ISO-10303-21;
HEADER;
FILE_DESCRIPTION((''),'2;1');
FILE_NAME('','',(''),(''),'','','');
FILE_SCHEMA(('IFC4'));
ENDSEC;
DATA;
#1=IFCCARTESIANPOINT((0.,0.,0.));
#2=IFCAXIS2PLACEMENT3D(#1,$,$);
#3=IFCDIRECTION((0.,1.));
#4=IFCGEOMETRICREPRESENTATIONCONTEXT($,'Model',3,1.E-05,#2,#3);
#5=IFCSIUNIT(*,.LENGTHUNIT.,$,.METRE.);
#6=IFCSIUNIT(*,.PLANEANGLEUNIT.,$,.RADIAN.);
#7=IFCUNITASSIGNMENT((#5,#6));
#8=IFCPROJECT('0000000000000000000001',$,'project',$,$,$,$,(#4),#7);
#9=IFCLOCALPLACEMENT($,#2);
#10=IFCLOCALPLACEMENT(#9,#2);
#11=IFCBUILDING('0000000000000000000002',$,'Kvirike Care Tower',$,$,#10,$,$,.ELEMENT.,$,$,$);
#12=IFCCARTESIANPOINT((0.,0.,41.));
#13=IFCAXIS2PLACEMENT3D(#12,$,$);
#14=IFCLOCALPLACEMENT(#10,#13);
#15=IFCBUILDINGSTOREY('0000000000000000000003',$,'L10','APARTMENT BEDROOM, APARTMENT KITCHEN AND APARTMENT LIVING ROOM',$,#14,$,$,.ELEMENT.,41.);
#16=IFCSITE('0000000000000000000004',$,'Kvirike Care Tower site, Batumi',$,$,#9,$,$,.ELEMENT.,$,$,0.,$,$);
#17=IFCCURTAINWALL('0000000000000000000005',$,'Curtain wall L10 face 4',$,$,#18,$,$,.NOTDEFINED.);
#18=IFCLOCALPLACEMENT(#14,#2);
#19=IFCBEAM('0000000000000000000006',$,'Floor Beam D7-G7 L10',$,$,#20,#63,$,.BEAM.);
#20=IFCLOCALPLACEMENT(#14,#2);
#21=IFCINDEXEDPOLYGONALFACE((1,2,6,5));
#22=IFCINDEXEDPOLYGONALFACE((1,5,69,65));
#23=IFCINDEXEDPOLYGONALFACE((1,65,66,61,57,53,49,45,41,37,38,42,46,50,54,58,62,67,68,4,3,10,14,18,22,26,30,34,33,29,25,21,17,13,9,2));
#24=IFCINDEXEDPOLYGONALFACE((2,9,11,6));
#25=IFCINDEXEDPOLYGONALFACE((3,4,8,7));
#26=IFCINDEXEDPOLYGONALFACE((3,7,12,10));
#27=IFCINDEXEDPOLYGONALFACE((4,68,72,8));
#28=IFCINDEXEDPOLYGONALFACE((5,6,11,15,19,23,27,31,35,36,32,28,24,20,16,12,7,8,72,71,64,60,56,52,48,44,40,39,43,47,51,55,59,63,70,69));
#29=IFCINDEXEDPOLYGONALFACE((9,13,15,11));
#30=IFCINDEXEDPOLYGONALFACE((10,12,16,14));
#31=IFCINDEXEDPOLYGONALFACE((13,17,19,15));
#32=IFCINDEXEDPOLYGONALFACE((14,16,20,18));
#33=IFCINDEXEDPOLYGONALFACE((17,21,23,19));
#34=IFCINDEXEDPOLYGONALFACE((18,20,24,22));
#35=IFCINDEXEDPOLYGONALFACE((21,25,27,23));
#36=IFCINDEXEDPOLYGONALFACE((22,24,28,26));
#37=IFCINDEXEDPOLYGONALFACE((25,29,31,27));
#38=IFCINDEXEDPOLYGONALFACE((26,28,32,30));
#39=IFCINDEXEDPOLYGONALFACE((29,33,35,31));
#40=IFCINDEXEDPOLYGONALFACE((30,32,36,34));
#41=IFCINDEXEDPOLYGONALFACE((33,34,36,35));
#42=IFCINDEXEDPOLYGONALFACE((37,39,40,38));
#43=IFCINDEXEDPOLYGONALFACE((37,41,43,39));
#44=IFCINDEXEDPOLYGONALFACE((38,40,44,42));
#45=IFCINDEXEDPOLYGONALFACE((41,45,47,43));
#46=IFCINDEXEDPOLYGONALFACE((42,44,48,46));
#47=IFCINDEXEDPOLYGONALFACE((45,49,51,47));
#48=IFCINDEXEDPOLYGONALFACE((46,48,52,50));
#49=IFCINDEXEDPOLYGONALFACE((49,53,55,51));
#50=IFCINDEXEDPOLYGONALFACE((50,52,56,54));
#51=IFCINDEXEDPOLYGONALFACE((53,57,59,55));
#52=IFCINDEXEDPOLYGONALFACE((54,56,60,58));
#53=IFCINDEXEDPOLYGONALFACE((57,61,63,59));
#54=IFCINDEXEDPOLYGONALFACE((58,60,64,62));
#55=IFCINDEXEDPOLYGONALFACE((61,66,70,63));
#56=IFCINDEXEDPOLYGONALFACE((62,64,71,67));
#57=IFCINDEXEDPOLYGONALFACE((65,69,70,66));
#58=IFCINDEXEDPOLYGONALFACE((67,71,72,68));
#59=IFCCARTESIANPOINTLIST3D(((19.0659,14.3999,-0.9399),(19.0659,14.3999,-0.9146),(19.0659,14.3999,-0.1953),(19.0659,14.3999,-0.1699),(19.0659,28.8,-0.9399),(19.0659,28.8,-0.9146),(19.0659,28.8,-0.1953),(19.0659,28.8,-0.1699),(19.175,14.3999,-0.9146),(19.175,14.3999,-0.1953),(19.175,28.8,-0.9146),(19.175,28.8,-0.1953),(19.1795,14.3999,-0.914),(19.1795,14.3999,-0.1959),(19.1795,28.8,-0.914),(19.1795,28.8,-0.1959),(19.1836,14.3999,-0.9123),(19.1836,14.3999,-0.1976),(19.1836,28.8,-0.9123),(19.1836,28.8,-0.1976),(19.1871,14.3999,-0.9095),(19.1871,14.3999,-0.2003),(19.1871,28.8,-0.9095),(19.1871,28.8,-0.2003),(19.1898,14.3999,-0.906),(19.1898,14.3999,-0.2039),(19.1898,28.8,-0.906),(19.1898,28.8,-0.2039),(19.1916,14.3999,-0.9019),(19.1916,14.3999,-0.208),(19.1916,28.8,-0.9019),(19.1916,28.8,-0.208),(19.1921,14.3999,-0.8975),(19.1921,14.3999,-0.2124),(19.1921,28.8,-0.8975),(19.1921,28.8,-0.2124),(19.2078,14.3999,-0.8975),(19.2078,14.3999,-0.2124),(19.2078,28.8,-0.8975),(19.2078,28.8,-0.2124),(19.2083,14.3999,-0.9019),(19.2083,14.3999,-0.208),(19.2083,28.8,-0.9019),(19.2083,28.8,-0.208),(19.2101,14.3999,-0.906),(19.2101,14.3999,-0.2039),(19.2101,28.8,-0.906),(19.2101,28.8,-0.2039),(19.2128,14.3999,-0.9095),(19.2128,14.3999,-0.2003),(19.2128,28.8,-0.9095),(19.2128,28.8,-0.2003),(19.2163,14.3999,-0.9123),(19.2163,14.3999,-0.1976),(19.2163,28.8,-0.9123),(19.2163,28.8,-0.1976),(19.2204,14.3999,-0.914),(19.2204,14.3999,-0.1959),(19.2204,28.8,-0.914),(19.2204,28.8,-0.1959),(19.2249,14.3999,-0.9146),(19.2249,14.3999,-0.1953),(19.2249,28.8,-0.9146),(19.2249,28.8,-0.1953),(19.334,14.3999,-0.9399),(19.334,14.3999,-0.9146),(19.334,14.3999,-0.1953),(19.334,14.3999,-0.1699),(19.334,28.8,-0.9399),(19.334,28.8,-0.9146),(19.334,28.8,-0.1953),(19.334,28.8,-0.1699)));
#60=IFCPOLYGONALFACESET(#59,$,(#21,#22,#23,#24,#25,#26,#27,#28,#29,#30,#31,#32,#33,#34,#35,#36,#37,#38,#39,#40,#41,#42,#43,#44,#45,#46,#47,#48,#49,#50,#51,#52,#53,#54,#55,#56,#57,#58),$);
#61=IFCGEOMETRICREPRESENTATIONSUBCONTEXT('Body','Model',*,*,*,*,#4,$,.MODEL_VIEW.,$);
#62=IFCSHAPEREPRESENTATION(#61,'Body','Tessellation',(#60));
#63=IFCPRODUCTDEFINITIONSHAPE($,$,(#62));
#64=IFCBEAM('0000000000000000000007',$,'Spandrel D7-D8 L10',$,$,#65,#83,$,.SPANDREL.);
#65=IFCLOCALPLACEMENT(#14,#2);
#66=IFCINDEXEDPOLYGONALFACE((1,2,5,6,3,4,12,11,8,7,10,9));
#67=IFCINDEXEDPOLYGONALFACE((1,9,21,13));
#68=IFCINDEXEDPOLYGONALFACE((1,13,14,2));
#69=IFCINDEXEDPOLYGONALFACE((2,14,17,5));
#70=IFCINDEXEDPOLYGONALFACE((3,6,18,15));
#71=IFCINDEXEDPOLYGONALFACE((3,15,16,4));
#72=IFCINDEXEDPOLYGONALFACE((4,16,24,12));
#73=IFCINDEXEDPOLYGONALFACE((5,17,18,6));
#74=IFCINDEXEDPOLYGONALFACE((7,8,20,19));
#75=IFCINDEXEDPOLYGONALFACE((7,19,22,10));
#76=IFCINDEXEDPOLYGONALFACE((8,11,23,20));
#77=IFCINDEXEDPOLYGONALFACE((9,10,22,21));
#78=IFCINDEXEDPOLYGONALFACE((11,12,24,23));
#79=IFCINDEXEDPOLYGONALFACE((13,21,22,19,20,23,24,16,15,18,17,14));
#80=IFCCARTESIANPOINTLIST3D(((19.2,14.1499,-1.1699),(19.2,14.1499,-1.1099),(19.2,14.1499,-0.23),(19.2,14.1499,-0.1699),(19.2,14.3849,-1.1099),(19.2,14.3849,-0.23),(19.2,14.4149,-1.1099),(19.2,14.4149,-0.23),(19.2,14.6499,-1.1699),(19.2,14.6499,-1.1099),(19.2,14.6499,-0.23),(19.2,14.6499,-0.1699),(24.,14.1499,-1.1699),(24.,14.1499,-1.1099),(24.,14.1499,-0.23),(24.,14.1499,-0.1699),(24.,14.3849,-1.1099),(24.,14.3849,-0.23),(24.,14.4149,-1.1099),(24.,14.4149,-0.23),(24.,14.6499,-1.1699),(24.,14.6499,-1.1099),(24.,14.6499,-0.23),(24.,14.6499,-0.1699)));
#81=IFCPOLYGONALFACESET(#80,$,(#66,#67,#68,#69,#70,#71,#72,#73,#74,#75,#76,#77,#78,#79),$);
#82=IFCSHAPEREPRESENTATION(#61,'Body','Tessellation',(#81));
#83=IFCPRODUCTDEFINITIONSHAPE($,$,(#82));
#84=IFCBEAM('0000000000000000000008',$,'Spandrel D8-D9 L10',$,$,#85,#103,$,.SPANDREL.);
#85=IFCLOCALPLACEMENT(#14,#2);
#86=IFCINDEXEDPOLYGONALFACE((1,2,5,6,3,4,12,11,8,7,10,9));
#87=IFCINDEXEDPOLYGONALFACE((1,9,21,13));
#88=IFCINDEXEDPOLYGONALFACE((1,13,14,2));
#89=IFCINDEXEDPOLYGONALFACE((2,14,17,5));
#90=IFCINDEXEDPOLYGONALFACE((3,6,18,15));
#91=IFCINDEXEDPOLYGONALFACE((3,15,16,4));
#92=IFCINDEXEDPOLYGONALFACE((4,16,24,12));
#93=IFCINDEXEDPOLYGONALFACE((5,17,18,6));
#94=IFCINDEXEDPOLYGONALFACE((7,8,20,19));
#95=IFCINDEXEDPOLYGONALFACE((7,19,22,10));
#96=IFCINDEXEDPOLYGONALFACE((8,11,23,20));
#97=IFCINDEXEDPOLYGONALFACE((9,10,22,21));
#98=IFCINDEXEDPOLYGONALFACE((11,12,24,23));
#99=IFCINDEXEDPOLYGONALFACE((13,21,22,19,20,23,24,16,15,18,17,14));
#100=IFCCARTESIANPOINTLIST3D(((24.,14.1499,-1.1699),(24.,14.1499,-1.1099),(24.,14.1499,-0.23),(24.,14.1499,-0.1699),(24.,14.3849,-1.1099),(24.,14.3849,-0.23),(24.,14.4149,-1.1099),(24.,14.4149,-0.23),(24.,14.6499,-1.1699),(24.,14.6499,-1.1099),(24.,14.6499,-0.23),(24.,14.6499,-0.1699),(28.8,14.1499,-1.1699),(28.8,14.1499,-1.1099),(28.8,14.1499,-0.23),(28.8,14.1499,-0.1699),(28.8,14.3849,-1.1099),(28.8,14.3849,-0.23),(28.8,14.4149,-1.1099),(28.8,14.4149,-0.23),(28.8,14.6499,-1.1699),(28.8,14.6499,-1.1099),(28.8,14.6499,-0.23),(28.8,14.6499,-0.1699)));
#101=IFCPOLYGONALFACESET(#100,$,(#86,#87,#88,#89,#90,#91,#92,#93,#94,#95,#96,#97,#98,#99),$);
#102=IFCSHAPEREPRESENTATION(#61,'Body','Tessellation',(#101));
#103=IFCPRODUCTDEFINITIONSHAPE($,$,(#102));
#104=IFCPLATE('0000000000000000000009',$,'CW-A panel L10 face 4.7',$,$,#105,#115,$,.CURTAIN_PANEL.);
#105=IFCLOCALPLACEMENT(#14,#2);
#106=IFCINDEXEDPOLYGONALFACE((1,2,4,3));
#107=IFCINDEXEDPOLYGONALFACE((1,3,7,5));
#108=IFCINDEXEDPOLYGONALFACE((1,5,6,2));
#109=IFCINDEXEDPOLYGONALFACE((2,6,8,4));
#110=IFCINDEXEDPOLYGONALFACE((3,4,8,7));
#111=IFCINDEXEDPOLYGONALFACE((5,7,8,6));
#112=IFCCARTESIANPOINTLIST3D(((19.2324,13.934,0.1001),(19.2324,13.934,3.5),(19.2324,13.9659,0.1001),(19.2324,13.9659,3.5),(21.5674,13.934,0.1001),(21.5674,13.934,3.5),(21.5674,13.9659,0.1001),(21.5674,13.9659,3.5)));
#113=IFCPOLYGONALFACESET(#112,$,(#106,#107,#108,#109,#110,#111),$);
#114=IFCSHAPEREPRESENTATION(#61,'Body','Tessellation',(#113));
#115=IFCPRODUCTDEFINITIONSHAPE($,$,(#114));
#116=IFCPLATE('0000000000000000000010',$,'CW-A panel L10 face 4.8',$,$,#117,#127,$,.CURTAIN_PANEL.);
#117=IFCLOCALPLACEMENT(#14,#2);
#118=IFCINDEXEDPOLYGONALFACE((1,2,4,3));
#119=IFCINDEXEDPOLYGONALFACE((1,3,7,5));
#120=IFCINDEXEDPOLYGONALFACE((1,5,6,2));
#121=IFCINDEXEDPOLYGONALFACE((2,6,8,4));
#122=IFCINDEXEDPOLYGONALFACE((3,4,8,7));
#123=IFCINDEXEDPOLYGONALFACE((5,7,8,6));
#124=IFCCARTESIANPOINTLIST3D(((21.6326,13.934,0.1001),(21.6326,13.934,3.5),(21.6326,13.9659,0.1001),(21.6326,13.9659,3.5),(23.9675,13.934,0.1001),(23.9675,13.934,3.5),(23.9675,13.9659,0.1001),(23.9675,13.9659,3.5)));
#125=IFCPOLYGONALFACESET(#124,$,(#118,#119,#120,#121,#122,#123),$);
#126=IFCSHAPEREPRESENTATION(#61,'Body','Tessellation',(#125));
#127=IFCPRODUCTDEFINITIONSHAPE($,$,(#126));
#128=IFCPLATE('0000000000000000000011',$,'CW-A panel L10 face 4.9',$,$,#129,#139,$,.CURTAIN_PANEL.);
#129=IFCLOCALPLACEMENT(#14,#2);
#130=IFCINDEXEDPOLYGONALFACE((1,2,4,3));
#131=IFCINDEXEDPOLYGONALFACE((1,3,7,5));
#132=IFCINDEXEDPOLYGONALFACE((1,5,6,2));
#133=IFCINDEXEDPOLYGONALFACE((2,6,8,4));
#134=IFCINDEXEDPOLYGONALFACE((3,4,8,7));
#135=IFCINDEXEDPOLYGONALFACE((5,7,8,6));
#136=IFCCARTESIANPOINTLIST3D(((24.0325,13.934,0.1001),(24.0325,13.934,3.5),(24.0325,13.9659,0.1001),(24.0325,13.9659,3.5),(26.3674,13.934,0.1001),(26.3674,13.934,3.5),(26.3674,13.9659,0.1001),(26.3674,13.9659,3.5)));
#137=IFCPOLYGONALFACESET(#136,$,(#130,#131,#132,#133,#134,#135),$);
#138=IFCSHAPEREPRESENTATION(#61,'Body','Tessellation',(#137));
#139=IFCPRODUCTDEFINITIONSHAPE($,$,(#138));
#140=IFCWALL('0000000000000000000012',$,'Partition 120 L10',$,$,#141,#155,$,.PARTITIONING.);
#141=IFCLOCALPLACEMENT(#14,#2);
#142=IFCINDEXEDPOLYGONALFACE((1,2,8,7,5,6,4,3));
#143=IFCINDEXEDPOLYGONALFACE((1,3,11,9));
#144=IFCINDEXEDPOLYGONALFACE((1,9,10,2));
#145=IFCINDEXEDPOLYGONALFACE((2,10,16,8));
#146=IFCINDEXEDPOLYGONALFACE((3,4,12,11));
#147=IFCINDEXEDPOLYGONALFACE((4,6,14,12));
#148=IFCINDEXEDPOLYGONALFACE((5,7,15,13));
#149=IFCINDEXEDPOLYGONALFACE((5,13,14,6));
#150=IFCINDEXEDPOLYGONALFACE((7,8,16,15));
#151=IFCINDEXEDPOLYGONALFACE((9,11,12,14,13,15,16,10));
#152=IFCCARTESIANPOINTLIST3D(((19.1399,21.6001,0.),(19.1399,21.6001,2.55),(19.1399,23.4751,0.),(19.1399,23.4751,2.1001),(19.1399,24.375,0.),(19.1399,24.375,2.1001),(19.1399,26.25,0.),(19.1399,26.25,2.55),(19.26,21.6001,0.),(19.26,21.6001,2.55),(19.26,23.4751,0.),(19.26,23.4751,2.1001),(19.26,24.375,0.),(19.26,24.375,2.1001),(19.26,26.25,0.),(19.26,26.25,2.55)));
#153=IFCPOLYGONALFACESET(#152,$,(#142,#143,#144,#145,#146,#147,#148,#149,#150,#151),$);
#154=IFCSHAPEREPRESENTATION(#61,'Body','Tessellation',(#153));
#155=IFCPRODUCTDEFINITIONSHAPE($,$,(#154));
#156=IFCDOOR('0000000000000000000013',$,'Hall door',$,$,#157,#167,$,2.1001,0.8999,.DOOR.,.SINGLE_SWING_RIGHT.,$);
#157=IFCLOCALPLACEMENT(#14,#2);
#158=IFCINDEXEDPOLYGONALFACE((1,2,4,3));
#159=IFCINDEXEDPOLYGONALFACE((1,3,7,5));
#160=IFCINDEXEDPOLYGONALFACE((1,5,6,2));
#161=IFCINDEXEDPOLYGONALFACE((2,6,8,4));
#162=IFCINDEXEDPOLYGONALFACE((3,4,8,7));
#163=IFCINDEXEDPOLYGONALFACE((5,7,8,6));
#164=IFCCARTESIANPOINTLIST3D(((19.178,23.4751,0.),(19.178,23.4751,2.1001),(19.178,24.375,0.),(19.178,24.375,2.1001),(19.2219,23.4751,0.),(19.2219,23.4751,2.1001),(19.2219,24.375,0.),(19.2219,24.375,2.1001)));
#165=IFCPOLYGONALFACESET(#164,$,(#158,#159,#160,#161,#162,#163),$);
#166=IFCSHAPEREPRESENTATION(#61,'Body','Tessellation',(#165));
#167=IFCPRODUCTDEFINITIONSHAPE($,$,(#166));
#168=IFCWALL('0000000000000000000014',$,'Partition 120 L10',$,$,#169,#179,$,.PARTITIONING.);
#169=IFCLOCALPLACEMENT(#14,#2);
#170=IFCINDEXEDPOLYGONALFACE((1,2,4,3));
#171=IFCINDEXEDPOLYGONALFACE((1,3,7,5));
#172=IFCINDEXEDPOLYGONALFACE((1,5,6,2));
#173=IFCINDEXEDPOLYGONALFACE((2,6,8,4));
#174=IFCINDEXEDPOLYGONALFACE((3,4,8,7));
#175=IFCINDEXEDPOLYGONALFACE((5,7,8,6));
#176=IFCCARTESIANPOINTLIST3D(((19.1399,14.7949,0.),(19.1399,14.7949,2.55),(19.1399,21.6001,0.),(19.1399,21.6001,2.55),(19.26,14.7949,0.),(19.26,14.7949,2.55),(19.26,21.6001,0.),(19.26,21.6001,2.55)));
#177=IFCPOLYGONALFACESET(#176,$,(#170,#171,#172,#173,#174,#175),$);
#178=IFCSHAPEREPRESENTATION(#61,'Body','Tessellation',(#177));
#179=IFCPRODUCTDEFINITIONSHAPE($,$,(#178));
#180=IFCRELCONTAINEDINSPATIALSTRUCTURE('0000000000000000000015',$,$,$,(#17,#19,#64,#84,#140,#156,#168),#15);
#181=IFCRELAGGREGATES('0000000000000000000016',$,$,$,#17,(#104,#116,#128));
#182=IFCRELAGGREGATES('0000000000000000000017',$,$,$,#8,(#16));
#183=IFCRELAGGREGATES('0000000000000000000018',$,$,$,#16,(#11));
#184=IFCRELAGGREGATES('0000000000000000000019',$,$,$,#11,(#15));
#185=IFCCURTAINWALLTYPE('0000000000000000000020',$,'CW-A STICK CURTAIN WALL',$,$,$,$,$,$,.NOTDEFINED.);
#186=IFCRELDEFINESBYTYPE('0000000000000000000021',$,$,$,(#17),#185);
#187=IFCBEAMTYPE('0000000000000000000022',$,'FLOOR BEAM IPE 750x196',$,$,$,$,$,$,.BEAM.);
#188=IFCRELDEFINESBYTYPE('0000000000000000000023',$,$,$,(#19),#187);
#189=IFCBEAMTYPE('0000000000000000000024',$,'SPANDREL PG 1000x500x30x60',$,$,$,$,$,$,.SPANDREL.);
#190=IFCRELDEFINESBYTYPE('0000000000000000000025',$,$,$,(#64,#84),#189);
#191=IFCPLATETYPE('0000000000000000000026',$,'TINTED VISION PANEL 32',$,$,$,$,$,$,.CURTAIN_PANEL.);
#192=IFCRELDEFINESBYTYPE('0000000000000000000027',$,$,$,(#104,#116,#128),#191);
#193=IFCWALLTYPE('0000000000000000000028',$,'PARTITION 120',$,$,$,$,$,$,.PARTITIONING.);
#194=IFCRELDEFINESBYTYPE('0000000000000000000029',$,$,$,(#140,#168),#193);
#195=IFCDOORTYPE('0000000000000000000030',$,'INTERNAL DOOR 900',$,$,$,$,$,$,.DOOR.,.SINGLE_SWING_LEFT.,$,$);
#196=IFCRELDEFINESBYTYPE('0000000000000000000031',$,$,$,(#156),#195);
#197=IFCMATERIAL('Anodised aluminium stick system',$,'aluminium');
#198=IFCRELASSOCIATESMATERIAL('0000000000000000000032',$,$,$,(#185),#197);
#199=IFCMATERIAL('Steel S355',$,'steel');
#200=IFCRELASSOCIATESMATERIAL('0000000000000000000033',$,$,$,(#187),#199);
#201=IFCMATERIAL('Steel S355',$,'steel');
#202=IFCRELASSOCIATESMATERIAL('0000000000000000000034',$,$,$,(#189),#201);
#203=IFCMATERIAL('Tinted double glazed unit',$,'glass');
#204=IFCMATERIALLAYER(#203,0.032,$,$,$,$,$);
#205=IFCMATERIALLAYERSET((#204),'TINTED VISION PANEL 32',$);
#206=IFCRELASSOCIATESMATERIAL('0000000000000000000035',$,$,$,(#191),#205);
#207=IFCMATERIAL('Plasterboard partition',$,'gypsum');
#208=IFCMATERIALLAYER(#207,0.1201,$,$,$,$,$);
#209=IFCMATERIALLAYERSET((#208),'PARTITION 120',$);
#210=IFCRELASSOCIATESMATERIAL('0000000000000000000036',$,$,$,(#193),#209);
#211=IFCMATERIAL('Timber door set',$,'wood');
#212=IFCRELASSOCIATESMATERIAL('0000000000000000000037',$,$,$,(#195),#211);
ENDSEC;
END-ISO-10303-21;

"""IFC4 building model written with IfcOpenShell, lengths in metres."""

from ifc_helpers import new_model, si_unit, direction, frame, frame_2d, origin, origin_2d, place, context, subcontext, project, spatial, rectangle, i_section, extrude, material, layer, layer_set, material_profile, profile_set, type_object, element, fill, aggregate, save


model = new_model("IFC4")

# Units and contexts
model_context = context("Model", 3, precision=1e-05, world=origin(), true_north=direction((0.0, 1.0)))
body_context = subcontext(model_context, "Body", "Model", "MODEL_VIEW")
ifc_project = project(units=[si_unit("LENGTHUNIT", "METRE"), si_unit("PLANEANGLEUNIT", "RADIAN")], contexts=[model_context])

# Site, building, storey
site_placement = place(None, origin())
site = spatial("IfcSite", under=ifc_project, at=site_placement, Name="Kvirike Care Tower site, Batumi", CompositionType="ELEMENT", RefElevation=0.0)
building_placement = place(site_placement, origin())
building = spatial("IfcBuilding", under=site, at=building_placement, Name="Kvirike Care Tower", CompositionType="ELEMENT")
storey_placement = place(building_placement, frame((0.0, 0.0, 41.0)))
storey = spatial("IfcBuildingStorey", under=building, at=storey_placement, Name="L10", Description="APARTMENT BEDROOM, APARTMENT KITCHEN AND APARTMENT LIVING ROOM", CompositionType="ELEMENT", Elevation=41.0)

# Curtain wall
ifc_material_1 = material(Name="Anodised aluminium stick system", Category="aluminium")
curtain_wall_type = type_object("IfcCurtainWallType", Name="CW-A STICK CURTAIN WALL", PredefinedType="NOTDEFINED", material=ifc_material_1)
curtain_wall_placement = place(storey_placement, origin())
curtain_wall = element("IfcCurtainWall", 1, at=curtain_wall_placement, inside=storey, type_object=curtain_wall_type, Name="Curtain wall L10 face 4", PredefinedType="NOTDEFINED")

# Beams
ifc_material_2 = material(Name="Steel S355", Category="steel")
ifc_material_profile_1 = material_profile(ifc_material_2, i_section(OverallWidth=0.2681, OverallDepth=0.77, WebThickness=0.0156, FlangeThickness=0.0254, FilletRadius=0.0171, at=origin_2d()), Name="IPE 750x196")
ifc_profile_set_1 = profile_set([ifc_material_profile_1], Name="Steel S355")
beam_type_1 = type_object("IfcBeamType", Name="FLOOR BEAM IPE 750x196", PredefinedType="BEAM", material=ifc_profile_set_1)
beam_1_placement = place(storey_placement, frame((19.2, 14.3999, -0.5549), z_axis=(0.0, 1.0, 0.0), x_axis=(-1.0, 0.0, 0.0)))
element("IfcBeam", 2, at=beam_1_placement, inside=storey, type_object=beam_type_1, Name="Floor Beam D7-G7 L10", PredefinedType="BEAM", context=body_context, shape_type="SweptSolid", body=[
    extrude(i_section(OverallWidth=0.2681, OverallDepth=0.77, WebThickness=0.0156, FlangeThickness=0.0254, FilletRadius=0.0171, at=origin_2d()), origin(), (0.0, 0.0, 1.0), 14.4001),
])
ifc_material_3 = material(Name="Steel S355", Category="steel")
ifc_material_profile_2 = material_profile(ifc_material_3, i_section(OverallWidth=0.5, OverallDepth=1.0, WebThickness=0.03, FlangeThickness=0.0601, at=origin_2d()), Name="PG 1000x500x30x60")
ifc_profile_set_2 = profile_set([ifc_material_profile_2], Name="Steel S355")
beam_type_2 = type_object("IfcBeamType", Name="SPANDREL PG 1000x500x30x60", PredefinedType="SPANDREL", material=ifc_profile_set_2)
for number, where, z_axis, x_axis, name in (
    (3, (19.2, 14.3999, -0.6699), (1.0, 0.0, 0.0), (0.0, 1.0, 0.0), "Spandrel D7-D8 L10"),
    (4, (24.0, 14.3999, -0.6699), (1.0, 0.0, 0.0), (0.0, 1.0, 0.0), "Spandrel D8-D9 L10"),
):
    element("IfcBeam", number, at=place(storey_placement, frame(where, z_axis=z_axis, x_axis=x_axis)), inside=storey, type_object=beam_type_2, Name=name, PredefinedType="SPANDREL", context=body_context, shape_type="SweptSolid", body=[
        extrude(i_section(OverallWidth=0.5, OverallDepth=1.0, WebThickness=0.03, FlangeThickness=0.0601, at=origin_2d()), origin(), (0.0, 0.0, 1.0), 4.8),
    ])

# Plates
ifc_material_4 = material(Name="Tinted double glazed unit", Category="glass")
ifc_layer_1 = layer(ifc_material_4, 0.032)
ifc_layer_set_1 = layer_set([ifc_layer_1], Name="TINTED VISION PANEL 32")
plate_type = type_object("IfcPlateType", Name="TINTED VISION PANEL 32", PredefinedType="CURTAIN_PANEL", material=ifc_layer_set_1)
plate_1_placement = place(storey_placement, frame((20.3999, 13.95, 0.1001), z_axis=(0.0, 0.0, 1.0), x_axis=(1.0, 0.0, 0.0)))
plate_1 = element("IfcPlate", 5, at=plate_1_placement, type_object=plate_type, Name="CW-A panel L10 face 4.7", PredefinedType="CURTAIN_PANEL", context=body_context, shape_type="SweptSolid", body=[
    extrude(rectangle(XDim=2.335, YDim=0.032, at=origin_2d()), origin(), (0.0, 0.0, 1.0), 3.3999),
])
plate_2_placement = place(storey_placement, frame((22.8, 13.95, 0.1001), z_axis=(0.0, 0.0, 1.0), x_axis=(1.0, 0.0, 0.0)))
plate_2 = element("IfcPlate", 6, at=plate_2_placement, type_object=plate_type, Name="CW-A panel L10 face 4.8", PredefinedType="CURTAIN_PANEL", context=body_context, shape_type="SweptSolid", body=[
    extrude(rectangle(XDim=2.335, YDim=0.032, at=origin_2d()), origin(), (0.0, 0.0, 1.0), 3.3999),
])
plate_3_placement = place(storey_placement, frame((25.2, 13.95, 0.1001), z_axis=(0.0, 0.0, 1.0), x_axis=(1.0, 0.0, 0.0)))
plate_3 = element("IfcPlate", 7, at=plate_3_placement, type_object=plate_type, Name="CW-A panel L10 face 4.9", PredefinedType="CURTAIN_PANEL", context=body_context, shape_type="SweptSolid", body=[
    extrude(rectangle(XDim=2.335, YDim=0.032, at=origin_2d()), origin(), (0.0, 0.0, 1.0), 3.3999),
])
aggregate(curtain_wall, [plate_1, plate_2, plate_3])

# Wall, opening, door
ifc_material_5 = material(Name="Plasterboard partition", Category="gypsum")
ifc_layer_2 = layer(ifc_material_5, 0.1201)
ifc_layer_set_2 = layer_set([ifc_layer_2], Name="PARTITION 120")
wall_type_1 = type_object("IfcWallType", Name="PARTITION 120", PredefinedType="PARTITIONING", material=ifc_layer_set_2)
wall_1_placement = place(storey_placement, frame((19.2, 21.6001, 0.0), z_axis=(0.0, 0.0, 1.0), x_axis=(0.0, 1.0, 0.0)))
wall_1 = element("IfcWall", 8, at=wall_1_placement, inside=storey, type_object=wall_type_1, Name="Partition 120 L10", PredefinedType="PARTITIONING", context=body_context, shape_type="SweptSolid", body=[
    extrude(rectangle(XDim=4.6499, YDim=0.1201, at=frame_2d((2.325, 0.0))), origin(), (0.0, 0.0, 1.0), 2.55),
])
opening_placement = place(wall_1_placement, frame((1.875, 0.0, 0.0)))
opening = element("IfcOpeningElement", 9, at=opening_placement, cuts=wall_1, PredefinedType="OPENING", context=body_context, shape_type="SweptSolid", body=[
    extrude(rectangle(XDim=0.8999, YDim=2.1001, at=frame_2d((0.45, 1.05))), frame((0.0, 0.0706, 0.0), z_axis=(0.0, -1.0, 0.0), x_axis=(1.0, 0.0, 0.0)), (0.0, 0.0, 1.0), 0.1411),
])
ifc_material_6 = material(Name="Timber door set", Category="wood")
door_type = type_object("IfcDoorType", Name="INTERNAL DOOR 900", OperationType="SINGLE_SWING_LEFT", PredefinedType="DOOR", material=ifc_material_6)
door_placement = place(opening_placement, origin())
door = element("IfcDoor", 10, at=door_placement, inside=storey, type_object=door_type, Name="Hall door", OperationType="SINGLE_SWING_RIGHT", OverallHeight=2.1001, OverallWidth=0.8999, PredefinedType="DOOR", context=body_context, shape_type="SweptSolid", body=[
    extrude(rectangle(XDim=0.8999, YDim=2.1001, at=frame_2d((0.45, 1.05))), frame((0.0, 0.022, 0.0), z_axis=(0.0, -1.0, 0.0), x_axis=(1.0, 0.0, 0.0)), (0.0, 0.0, 1.0), 0.0439),
])
fill(opening, door)

# Wall
wall_2_placement = place(storey_placement, frame((19.2, 14.7949, 0.0), z_axis=(0.0, 0.0, 1.0), x_axis=(0.0, 1.0, 0.0)))
element("IfcWall", 11, at=wall_2_placement, inside=storey, type_object=wall_type_1, Name="Partition 120 L10", PredefinedType="PARTITIONING", context=body_context, shape_type="SweptSolid", body=[
    extrude(rectangle(XDim=6.8052, YDim=0.1201, at=frame_2d((3.4026, 0.0))), origin(), (0.0, 0.0, 1.0), 2.55),
])

save(model, "model.ifc")
